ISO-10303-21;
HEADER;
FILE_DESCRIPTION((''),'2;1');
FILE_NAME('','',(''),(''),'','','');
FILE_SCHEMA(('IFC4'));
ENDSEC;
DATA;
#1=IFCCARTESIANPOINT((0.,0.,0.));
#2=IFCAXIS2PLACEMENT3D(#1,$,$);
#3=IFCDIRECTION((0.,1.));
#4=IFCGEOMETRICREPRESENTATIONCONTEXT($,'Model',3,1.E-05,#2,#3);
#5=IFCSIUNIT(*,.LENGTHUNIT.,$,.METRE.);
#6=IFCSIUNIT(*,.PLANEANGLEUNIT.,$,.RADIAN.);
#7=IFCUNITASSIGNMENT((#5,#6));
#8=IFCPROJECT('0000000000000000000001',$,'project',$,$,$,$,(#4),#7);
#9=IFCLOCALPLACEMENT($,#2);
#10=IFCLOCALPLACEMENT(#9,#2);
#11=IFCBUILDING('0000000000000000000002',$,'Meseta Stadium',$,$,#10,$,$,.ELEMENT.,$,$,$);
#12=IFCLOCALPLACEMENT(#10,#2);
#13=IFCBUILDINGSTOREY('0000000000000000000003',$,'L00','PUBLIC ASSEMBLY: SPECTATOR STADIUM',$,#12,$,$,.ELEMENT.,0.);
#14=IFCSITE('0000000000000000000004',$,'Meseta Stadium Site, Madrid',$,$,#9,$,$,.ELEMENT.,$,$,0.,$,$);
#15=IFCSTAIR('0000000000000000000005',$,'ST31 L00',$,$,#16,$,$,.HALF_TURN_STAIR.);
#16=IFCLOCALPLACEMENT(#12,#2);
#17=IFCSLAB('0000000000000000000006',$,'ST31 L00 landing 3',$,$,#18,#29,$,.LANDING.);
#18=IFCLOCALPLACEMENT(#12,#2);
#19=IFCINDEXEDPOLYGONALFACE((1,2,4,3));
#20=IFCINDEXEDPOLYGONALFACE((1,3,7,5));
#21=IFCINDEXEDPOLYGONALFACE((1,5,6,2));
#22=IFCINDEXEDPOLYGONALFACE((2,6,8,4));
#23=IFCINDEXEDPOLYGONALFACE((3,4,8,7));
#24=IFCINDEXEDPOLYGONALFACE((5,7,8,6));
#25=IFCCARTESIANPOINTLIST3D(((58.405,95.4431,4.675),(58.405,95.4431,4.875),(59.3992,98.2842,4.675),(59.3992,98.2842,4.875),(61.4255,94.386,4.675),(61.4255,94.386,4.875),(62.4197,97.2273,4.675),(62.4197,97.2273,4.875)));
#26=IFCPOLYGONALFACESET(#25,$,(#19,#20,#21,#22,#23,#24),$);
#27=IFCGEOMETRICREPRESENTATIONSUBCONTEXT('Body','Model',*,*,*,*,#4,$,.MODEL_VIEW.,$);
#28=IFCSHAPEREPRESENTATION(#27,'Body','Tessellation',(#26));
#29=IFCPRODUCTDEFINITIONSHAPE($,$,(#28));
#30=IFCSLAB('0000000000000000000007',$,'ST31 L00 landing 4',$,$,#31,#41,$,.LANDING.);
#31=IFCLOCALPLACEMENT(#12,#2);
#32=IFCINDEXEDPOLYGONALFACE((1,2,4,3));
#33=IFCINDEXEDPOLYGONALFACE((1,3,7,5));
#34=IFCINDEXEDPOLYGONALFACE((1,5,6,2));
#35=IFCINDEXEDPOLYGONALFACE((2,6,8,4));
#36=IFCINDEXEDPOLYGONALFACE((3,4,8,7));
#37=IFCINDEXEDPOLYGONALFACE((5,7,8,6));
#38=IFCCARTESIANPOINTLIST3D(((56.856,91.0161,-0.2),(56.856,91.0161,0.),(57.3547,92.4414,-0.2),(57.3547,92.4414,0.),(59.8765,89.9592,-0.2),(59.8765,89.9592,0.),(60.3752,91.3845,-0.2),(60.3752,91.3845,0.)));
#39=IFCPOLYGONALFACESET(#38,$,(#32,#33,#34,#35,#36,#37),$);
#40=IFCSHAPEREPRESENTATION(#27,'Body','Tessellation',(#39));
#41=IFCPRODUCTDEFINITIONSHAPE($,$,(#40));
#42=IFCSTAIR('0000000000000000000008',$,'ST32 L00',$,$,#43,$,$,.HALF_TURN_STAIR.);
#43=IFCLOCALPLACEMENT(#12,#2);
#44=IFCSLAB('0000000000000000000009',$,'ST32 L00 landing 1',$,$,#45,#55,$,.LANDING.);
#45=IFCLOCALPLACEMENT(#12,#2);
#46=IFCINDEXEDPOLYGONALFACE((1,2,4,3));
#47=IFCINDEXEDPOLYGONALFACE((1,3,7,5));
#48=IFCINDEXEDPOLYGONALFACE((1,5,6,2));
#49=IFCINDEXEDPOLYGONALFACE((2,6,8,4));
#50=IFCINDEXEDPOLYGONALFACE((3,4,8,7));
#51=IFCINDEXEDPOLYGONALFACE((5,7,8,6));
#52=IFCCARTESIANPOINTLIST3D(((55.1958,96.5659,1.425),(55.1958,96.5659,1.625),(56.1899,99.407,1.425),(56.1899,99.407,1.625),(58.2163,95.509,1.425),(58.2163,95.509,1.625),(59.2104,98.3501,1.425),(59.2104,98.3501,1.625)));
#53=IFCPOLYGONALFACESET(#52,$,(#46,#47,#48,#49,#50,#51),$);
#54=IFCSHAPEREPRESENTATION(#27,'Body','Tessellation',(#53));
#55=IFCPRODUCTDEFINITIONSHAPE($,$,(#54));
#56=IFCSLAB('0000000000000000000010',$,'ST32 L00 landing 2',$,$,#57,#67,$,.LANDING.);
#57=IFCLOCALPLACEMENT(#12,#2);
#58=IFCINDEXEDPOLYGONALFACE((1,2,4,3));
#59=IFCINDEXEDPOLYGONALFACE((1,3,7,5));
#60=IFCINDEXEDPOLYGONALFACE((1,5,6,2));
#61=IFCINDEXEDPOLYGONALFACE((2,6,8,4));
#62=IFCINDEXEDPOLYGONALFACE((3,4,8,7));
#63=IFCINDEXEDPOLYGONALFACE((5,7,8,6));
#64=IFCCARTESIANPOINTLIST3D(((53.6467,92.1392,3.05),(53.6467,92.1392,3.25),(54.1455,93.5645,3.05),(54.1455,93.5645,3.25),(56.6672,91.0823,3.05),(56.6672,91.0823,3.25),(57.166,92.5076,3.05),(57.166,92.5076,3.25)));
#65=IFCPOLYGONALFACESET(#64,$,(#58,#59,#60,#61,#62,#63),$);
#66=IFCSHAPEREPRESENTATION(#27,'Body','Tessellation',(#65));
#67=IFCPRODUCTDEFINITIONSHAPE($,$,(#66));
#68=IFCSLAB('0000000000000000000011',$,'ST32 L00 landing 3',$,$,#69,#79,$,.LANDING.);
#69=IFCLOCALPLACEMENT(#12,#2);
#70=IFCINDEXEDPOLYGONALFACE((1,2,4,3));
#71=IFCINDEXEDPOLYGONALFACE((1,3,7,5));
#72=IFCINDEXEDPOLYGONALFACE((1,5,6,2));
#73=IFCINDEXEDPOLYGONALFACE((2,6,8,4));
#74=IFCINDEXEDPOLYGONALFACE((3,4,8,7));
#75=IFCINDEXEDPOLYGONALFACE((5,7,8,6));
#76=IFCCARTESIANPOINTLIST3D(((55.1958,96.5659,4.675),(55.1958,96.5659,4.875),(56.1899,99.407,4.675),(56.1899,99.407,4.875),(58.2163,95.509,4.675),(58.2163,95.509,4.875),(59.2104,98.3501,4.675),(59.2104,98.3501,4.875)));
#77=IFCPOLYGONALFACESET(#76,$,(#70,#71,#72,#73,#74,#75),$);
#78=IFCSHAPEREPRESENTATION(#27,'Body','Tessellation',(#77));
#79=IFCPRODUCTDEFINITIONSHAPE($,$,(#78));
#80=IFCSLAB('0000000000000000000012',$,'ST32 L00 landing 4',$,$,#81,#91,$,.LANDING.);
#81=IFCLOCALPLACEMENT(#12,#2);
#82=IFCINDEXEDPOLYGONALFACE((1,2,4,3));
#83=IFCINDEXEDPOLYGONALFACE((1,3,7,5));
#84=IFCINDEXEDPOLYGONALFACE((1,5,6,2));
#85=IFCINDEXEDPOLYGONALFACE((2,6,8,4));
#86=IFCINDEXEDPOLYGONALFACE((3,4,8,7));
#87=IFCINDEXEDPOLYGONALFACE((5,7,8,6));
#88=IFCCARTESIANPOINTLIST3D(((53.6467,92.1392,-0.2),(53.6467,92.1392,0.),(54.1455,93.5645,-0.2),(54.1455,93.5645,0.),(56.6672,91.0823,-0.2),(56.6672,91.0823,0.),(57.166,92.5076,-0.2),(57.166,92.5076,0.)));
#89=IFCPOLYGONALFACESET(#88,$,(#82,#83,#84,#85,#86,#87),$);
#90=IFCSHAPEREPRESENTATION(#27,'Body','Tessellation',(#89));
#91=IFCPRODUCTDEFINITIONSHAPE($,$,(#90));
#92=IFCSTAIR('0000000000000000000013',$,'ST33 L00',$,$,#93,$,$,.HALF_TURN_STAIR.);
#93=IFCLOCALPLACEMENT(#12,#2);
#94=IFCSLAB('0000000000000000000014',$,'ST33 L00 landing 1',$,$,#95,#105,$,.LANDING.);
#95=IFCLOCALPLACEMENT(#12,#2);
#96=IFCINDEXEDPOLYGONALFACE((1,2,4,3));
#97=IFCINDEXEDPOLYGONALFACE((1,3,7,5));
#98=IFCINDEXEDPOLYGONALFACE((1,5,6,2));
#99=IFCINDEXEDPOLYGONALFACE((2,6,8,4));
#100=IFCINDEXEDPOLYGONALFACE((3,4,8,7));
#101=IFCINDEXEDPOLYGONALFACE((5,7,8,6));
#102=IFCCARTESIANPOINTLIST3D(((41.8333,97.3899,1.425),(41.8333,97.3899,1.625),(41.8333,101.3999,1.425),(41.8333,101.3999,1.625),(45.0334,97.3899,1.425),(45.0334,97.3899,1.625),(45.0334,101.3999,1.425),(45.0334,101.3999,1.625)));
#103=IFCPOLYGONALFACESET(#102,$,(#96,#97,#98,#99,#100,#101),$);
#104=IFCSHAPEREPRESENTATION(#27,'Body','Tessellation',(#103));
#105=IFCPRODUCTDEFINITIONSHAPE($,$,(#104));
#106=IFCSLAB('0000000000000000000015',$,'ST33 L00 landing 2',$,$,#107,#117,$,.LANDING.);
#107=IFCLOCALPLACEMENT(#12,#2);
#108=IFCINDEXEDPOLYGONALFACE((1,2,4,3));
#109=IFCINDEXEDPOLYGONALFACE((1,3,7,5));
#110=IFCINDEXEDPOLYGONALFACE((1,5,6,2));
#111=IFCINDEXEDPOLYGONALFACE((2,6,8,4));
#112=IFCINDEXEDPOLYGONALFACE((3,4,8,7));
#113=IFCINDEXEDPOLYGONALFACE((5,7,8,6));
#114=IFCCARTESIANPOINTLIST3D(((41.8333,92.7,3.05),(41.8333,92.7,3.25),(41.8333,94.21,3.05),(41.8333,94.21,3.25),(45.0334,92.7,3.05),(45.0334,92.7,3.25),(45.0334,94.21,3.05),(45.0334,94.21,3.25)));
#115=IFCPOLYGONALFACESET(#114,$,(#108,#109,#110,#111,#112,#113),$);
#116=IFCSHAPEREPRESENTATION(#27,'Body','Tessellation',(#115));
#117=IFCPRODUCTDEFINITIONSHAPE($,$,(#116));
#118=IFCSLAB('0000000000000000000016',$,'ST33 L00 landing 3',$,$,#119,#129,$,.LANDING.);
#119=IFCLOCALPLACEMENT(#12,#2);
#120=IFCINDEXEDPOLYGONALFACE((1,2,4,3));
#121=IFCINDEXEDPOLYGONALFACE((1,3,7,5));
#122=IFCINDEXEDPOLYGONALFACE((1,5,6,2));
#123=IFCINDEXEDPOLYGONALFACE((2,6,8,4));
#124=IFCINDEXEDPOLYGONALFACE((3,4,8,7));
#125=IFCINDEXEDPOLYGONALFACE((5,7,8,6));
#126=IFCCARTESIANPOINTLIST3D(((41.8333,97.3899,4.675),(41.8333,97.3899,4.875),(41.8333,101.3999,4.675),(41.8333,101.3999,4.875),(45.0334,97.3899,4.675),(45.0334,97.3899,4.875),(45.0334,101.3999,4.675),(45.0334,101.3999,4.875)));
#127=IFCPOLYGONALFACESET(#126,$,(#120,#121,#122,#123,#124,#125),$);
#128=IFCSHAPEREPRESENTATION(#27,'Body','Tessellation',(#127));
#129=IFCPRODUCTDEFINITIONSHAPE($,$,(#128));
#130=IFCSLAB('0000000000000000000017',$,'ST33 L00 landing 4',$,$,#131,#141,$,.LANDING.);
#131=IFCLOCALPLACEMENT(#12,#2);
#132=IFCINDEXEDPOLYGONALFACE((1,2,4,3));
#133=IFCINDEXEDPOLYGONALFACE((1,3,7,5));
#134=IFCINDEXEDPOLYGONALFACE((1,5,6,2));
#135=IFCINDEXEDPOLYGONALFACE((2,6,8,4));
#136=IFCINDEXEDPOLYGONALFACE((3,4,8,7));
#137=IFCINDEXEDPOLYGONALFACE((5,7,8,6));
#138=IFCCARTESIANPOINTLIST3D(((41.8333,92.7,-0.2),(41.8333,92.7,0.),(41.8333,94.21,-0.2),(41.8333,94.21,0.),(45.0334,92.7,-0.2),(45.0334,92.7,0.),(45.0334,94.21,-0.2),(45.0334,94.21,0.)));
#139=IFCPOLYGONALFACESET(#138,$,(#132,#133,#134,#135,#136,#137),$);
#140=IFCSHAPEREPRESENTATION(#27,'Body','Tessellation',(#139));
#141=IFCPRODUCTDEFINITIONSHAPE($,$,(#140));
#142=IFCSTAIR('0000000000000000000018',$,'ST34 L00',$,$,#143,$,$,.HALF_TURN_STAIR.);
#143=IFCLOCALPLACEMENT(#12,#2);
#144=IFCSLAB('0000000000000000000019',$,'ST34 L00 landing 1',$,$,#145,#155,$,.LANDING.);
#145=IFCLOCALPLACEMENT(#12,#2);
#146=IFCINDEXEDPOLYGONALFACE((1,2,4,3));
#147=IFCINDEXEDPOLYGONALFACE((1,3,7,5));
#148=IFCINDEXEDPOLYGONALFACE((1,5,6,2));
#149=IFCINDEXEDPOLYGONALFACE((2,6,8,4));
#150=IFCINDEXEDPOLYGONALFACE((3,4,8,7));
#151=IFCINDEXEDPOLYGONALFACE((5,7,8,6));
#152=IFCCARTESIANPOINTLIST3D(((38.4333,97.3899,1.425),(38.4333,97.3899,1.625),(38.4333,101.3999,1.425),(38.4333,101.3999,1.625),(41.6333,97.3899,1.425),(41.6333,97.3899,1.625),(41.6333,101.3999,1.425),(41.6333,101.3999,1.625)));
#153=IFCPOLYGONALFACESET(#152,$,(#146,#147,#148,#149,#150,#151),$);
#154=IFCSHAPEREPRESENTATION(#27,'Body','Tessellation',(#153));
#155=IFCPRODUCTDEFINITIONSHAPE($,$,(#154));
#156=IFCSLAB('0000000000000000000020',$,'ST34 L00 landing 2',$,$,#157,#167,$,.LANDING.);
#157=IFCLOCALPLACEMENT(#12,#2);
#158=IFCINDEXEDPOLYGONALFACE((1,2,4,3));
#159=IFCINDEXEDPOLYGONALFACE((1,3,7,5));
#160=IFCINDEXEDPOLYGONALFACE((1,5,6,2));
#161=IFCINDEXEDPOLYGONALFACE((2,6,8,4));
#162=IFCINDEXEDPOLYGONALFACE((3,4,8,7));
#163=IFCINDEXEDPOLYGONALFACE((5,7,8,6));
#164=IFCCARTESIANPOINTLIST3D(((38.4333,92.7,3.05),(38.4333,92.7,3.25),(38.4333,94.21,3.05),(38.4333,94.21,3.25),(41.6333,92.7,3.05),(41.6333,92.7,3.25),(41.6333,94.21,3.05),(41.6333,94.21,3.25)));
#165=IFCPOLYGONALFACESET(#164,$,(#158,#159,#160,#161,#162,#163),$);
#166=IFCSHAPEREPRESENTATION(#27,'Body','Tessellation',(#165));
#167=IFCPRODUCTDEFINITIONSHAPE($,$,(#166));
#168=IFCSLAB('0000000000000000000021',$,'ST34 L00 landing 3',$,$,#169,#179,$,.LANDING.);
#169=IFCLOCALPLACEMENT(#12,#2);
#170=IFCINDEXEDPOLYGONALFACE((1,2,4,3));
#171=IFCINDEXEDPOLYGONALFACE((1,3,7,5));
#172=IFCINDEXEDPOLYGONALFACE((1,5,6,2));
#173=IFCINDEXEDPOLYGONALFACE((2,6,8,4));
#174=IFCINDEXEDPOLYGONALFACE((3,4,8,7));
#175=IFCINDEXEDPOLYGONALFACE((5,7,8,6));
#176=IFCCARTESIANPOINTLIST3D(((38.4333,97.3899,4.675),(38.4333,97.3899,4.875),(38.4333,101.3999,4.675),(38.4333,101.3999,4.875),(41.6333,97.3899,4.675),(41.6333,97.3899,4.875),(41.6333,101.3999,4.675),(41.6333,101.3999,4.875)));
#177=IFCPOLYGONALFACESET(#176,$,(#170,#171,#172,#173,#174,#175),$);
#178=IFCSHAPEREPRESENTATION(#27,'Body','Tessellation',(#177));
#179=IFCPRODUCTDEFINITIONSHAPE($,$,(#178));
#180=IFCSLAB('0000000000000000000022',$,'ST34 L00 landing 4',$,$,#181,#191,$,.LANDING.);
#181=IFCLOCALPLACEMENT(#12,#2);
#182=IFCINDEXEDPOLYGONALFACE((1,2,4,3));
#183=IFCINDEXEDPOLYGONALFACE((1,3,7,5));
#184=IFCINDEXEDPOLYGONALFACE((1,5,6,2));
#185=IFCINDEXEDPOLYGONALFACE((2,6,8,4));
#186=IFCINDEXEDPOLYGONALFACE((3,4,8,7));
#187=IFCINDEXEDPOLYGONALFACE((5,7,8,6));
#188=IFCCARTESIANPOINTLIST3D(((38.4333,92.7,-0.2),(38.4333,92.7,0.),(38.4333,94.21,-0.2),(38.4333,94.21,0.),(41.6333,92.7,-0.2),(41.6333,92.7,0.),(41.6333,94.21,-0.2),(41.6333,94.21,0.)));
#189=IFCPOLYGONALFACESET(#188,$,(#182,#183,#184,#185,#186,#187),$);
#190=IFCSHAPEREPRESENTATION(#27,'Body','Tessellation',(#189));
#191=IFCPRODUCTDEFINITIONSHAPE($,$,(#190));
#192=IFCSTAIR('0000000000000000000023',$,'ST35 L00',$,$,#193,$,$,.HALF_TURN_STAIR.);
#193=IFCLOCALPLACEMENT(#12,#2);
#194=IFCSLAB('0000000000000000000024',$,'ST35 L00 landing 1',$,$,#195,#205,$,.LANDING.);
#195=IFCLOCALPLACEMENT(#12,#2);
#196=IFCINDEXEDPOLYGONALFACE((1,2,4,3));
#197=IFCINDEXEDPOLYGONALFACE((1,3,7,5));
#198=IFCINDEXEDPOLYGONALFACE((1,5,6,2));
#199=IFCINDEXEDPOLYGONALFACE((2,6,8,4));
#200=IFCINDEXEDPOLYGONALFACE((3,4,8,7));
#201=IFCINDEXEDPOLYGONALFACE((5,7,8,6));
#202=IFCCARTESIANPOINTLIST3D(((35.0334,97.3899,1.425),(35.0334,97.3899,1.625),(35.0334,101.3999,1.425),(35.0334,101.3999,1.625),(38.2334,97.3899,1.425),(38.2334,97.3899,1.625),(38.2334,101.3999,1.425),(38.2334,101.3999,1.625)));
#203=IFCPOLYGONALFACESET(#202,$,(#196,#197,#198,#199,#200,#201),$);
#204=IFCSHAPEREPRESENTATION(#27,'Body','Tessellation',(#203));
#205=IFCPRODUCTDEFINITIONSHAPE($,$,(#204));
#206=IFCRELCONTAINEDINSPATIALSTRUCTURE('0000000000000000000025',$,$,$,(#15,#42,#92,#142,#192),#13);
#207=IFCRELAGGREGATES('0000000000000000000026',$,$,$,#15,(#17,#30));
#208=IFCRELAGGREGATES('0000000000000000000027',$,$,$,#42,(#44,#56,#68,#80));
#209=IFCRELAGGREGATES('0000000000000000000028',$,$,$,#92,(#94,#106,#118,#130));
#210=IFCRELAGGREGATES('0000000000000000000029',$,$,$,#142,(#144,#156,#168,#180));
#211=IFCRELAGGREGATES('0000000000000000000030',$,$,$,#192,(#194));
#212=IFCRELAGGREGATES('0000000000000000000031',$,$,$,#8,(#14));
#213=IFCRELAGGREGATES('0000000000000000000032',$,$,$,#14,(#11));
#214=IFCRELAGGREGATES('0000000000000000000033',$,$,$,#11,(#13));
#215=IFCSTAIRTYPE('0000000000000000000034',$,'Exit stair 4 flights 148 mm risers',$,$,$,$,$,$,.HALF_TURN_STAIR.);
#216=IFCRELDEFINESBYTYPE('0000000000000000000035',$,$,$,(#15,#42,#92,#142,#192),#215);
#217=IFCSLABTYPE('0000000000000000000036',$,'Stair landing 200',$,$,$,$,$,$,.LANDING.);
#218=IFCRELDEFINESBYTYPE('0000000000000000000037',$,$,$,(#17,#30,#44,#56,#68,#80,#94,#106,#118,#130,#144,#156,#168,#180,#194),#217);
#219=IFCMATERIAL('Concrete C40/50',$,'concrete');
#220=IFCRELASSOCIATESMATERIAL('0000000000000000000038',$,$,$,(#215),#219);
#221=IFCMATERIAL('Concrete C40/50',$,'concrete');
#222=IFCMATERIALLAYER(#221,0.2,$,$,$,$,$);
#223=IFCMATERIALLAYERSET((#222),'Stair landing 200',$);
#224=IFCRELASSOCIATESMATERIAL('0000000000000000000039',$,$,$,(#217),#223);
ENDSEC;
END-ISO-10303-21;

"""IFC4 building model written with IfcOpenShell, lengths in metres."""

from ifc_helpers import new_model, si_unit, direction, frame, origin, place, context, subcontext, project, spatial, polyline, outline, extrude, material, layer, layer_set, type_object, element, aggregate, save


model = new_model("IFC4")

# Units and contexts
model_context = context("Model", 3, precision=1e-05, world=origin(), true_north=direction((0.0, 1.0)))
body_context = subcontext(model_context, "Body", "Model", "MODEL_VIEW")
ifc_project = project(units=[si_unit("LENGTHUNIT", "METRE"), si_unit("PLANEANGLEUNIT", "RADIAN")], contexts=[model_context])

# Site, building, storey
site_placement = place(None, origin())
site = spatial("IfcSite", under=ifc_project, at=site_placement, Name="Meseta Stadium Site, Madrid", CompositionType="ELEMENT", RefElevation=0.0)
building_placement = place(site_placement, origin())
building = spatial("IfcBuilding", under=site, at=building_placement, Name="Meseta Stadium", CompositionType="ELEMENT")
storey_placement = place(building_placement, origin())
storey = spatial("IfcBuildingStorey", under=building, at=storey_placement, Name="L00", Description="PUBLIC ASSEMBLY: SPECTATOR STADIUM", CompositionType="ELEMENT", Elevation=0.0)

# Stairs, slabs
ifc_material_1 = material(Name="Concrete C40/50", Category="concrete")
stair_type = type_object("IfcStairType", Name="Exit stair 4 flights 148 mm risers", PredefinedType="HALF_TURN_STAIR", material=ifc_material_1)
stair_1_placement = place(storey_placement, origin())
stair_1 = element("IfcStair", 1, at=stair_1_placement, inside=storey, type_object=stair_type, Name="ST31 L00", PredefinedType="HALF_TURN_STAIR")
ifc_material_2 = material(Name="Concrete C40/50", Category="concrete")
ifc_layer = layer(ifc_material_2, 0.2)
ifc_layer_set = layer_set([ifc_layer], Name="Stair landing 200")
slab_type = type_object("IfcSlabType", Name="Stair landing 200", PredefinedType="LANDING", material=ifc_layer_set)
slab_1_placement = place(storey_placement, frame((0.0, 0.0, 4.675)))
slab_1 = element("IfcSlab", 2, at=slab_1_placement, type_object=slab_type, Name="ST31 L00 landing 3", PredefinedType="LANDING", context=body_context, shape_type="SweptSolid", body=[
    extrude(outline(polyline([(61.4255, 94.386), (62.4197, 97.2273), (59.3992, 98.2842), (58.405, 95.4431), (61.4255, 94.386)])), origin(), (0.0, 0.0, 1.0), 0.2),
])
slab_2_placement = place(storey_placement, frame((0.0, 0.0, -0.2)))
slab_2 = element("IfcSlab", 3, at=slab_2_placement, type_object=slab_type, Name="ST31 L00 landing 4", PredefinedType="LANDING", context=body_context, shape_type="SweptSolid", body=[
    extrude(outline(polyline([(59.8765, 89.9592), (60.3752, 91.3845), (57.3547, 92.4414), (56.856, 91.0161), (59.8765, 89.9592)])), origin(), (0.0, 0.0, 1.0), 0.2),
])
aggregate(stair_1, [slab_1, slab_2])
stair_2_placement = place(storey_placement, origin())
stair_2 = element("IfcStair", 4, at=stair_2_placement, inside=storey, type_object=stair_type, Name="ST32 L00", PredefinedType="HALF_TURN_STAIR")
slab_3_placement = place(storey_placement, frame((0.0, 0.0, 1.425)))
slab_3 = element("IfcSlab", 5, at=slab_3_placement, type_object=slab_type, Name="ST32 L00 landing 1", PredefinedType="LANDING", context=body_context, shape_type="SweptSolid", body=[
    extrude(outline(polyline([(58.2163, 95.509), (59.2104, 98.3501), (56.1899, 99.407), (55.1958, 96.5659), (58.2163, 95.509)])), origin(), (0.0, 0.0, 1.0), 0.2),
])
slab_4_placement = place(storey_placement, frame((0.0, 0.0, 3.05)))
slab_4 = element("IfcSlab", 6, at=slab_4_placement, type_object=slab_type, Name="ST32 L00 landing 2", PredefinedType="LANDING", context=body_context, shape_type="SweptSolid", body=[
    extrude(outline(polyline([(56.6672, 91.0823), (57.166, 92.5076), (54.1455, 93.5645), (53.6467, 92.1392), (56.6672, 91.0823)])), origin(), (0.0, 0.0, 1.0), 0.2),
])
slab_5_placement = place(storey_placement, frame((0.0, 0.0, 4.675)))
slab_5 = element("IfcSlab", 7, at=slab_5_placement, type_object=slab_type, Name="ST32 L00 landing 3", PredefinedType="LANDING", context=body_context, shape_type="SweptSolid", body=[
    extrude(outline(polyline([(58.2163, 95.509), (59.2104, 98.3501), (56.1899, 99.407), (55.1958, 96.5659), (58.2163, 95.509)])), origin(), (0.0, 0.0, 1.0), 0.2),
])
slab_6_placement = place(storey_placement, frame((0.0, 0.0, -0.2)))
slab_6 = element("IfcSlab", 8, at=slab_6_placement, type_object=slab_type, Name="ST32 L00 landing 4", PredefinedType="LANDING", context=body_context, shape_type="SweptSolid", body=[
    extrude(outline(polyline([(56.6672, 91.0823), (57.166, 92.5076), (54.1455, 93.5645), (53.6467, 92.1392), (56.6672, 91.0823)])), origin(), (0.0, 0.0, 1.0), 0.2),
])
aggregate(stair_2, [slab_3, slab_4, slab_5, slab_6])
stair_3_placement = place(storey_placement, origin())
stair_3 = element("IfcStair", 9, at=stair_3_placement, inside=storey, type_object=stair_type, Name="ST33 L00", PredefinedType="HALF_TURN_STAIR")
slab_7_placement = place(storey_placement, frame((0.0, 0.0, 1.425)))
slab_7 = element("IfcSlab", 10, at=slab_7_placement, type_object=slab_type, Name="ST33 L00 landing 1", PredefinedType="LANDING", context=body_context, shape_type="SweptSolid", body=[
    extrude(outline(polyline([(45.0334, 97.3899), (45.0334, 101.3999), (41.8333, 101.3999), (41.8333, 97.3899), (45.0334, 97.3899)])), origin(), (0.0, 0.0, 1.0), 0.2),
])
slab_8_placement = place(storey_placement, frame((0.0, 0.0, 3.05)))
slab_8 = element("IfcSlab", 11, at=slab_8_placement, type_object=slab_type, Name="ST33 L00 landing 2", PredefinedType="LANDING", context=body_context, shape_type="SweptSolid", body=[
    extrude(outline(polyline([(45.0334, 92.7), (45.0334, 94.21), (41.8333, 94.21), (41.8333, 92.7), (45.0334, 92.7)])), origin(), (0.0, 0.0, 1.0), 0.2),
])
slab_9_placement = place(storey_placement, frame((0.0, 0.0, 4.675)))
slab_9 = element("IfcSlab", 12, at=slab_9_placement, type_object=slab_type, Name="ST33 L00 landing 3", PredefinedType="LANDING", context=body_context, shape_type="SweptSolid", body=[
    extrude(outline(polyline([(45.0334, 97.3899), (45.0334, 101.3999), (41.8333, 101.3999), (41.8333, 97.3899), (45.0334, 97.3899)])), origin(), (0.0, 0.0, 1.0), 0.2),
])
slab_10_placement = place(storey_placement, frame((0.0, 0.0, -0.2)))
slab_10 = element("IfcSlab", 13, at=slab_10_placement, type_object=slab_type, Name="ST33 L00 landing 4", PredefinedType="LANDING", context=body_context, shape_type="SweptSolid", body=[
    extrude(outline(polyline([(45.0334, 92.7), (45.0334, 94.21), (41.8333, 94.21), (41.8333, 92.7), (45.0334, 92.7)])), origin(), (0.0, 0.0, 1.0), 0.2),
])
aggregate(stair_3, [slab_7, slab_8, slab_9, slab_10])
stair_4_placement = place(storey_placement, origin())
stair_4 = element("IfcStair", 14, at=stair_4_placement, inside=storey, type_object=stair_type, Name="ST34 L00", PredefinedType="HALF_TURN_STAIR")
slab_11_placement = place(storey_placement, frame((0.0, 0.0, 1.425)))
slab_11 = element("IfcSlab", 15, at=slab_11_placement, type_object=slab_type, Name="ST34 L00 landing 1", PredefinedType="LANDING", context=body_context, shape_type="SweptSolid", body=[
    extrude(outline(polyline([(41.6333, 97.3899), (41.6333, 101.3999), (38.4333, 101.3999), (38.4333, 97.3899), (41.6333, 97.3899)])), origin(), (0.0, 0.0, 1.0), 0.2),
])
slab_12_placement = place(storey_placement, frame((0.0, 0.0, 3.05)))
slab_12 = element("IfcSlab", 16, at=slab_12_placement, type_object=slab_type, Name="ST34 L00 landing 2", PredefinedType="LANDING", context=body_context, shape_type="SweptSolid", body=[
    extrude(outline(polyline([(41.6333, 92.7), (41.6333, 94.21), (38.4333, 94.21), (38.4333, 92.7), (41.6333, 92.7)])), origin(), (0.0, 0.0, 1.0), 0.2),
])
slab_13_placement = place(storey_placement, frame((0.0, 0.0, 4.675)))
slab_13 = element("IfcSlab", 17, at=slab_13_placement, type_object=slab_type, Name="ST34 L00 landing 3", PredefinedType="LANDING", context=body_context, shape_type="SweptSolid", body=[
    extrude(outline(polyline([(41.6333, 97.3899), (41.6333, 101.3999), (38.4333, 101.3999), (38.4333, 97.3899), (41.6333, 97.3899)])), origin(), (0.0, 0.0, 1.0), 0.2),
])
slab_14_placement = place(storey_placement, frame((0.0, 0.0, -0.2)))
slab_14 = element("IfcSlab", 18, at=slab_14_placement, type_object=slab_type, Name="ST34 L00 landing 4", PredefinedType="LANDING", context=body_context, shape_type="SweptSolid", body=[
    extrude(outline(polyline([(41.6333, 92.7), (41.6333, 94.21), (38.4333, 94.21), (38.4333, 92.7), (41.6333, 92.7)])), origin(), (0.0, 0.0, 1.0), 0.2),
])
aggregate(stair_4, [slab_11, slab_12, slab_13, slab_14])
stair_5_placement = place(storey_placement, origin())
stair_5 = element("IfcStair", 19, at=stair_5_placement, inside=storey, type_object=stair_type, Name="ST35 L00", PredefinedType="HALF_TURN_STAIR")
slab_15_placement = place(storey_placement, frame((0.0, 0.0, 1.425)))
slab_15 = element("IfcSlab", 20, at=slab_15_placement, type_object=slab_type, Name="ST35 L00 landing 1", PredefinedType="LANDING", context=body_context, shape_type="SweptSolid", body=[
    extrude(outline(polyline([(38.2334, 97.3899), (38.2334, 101.3999), (35.0334, 101.3999), (35.0334, 97.3899), (38.2334, 97.3899)])), origin(), (0.0, 0.0, 1.0), 0.2),
])
aggregate(stair_5, [slab_15])

save(model, "model.ifc")
